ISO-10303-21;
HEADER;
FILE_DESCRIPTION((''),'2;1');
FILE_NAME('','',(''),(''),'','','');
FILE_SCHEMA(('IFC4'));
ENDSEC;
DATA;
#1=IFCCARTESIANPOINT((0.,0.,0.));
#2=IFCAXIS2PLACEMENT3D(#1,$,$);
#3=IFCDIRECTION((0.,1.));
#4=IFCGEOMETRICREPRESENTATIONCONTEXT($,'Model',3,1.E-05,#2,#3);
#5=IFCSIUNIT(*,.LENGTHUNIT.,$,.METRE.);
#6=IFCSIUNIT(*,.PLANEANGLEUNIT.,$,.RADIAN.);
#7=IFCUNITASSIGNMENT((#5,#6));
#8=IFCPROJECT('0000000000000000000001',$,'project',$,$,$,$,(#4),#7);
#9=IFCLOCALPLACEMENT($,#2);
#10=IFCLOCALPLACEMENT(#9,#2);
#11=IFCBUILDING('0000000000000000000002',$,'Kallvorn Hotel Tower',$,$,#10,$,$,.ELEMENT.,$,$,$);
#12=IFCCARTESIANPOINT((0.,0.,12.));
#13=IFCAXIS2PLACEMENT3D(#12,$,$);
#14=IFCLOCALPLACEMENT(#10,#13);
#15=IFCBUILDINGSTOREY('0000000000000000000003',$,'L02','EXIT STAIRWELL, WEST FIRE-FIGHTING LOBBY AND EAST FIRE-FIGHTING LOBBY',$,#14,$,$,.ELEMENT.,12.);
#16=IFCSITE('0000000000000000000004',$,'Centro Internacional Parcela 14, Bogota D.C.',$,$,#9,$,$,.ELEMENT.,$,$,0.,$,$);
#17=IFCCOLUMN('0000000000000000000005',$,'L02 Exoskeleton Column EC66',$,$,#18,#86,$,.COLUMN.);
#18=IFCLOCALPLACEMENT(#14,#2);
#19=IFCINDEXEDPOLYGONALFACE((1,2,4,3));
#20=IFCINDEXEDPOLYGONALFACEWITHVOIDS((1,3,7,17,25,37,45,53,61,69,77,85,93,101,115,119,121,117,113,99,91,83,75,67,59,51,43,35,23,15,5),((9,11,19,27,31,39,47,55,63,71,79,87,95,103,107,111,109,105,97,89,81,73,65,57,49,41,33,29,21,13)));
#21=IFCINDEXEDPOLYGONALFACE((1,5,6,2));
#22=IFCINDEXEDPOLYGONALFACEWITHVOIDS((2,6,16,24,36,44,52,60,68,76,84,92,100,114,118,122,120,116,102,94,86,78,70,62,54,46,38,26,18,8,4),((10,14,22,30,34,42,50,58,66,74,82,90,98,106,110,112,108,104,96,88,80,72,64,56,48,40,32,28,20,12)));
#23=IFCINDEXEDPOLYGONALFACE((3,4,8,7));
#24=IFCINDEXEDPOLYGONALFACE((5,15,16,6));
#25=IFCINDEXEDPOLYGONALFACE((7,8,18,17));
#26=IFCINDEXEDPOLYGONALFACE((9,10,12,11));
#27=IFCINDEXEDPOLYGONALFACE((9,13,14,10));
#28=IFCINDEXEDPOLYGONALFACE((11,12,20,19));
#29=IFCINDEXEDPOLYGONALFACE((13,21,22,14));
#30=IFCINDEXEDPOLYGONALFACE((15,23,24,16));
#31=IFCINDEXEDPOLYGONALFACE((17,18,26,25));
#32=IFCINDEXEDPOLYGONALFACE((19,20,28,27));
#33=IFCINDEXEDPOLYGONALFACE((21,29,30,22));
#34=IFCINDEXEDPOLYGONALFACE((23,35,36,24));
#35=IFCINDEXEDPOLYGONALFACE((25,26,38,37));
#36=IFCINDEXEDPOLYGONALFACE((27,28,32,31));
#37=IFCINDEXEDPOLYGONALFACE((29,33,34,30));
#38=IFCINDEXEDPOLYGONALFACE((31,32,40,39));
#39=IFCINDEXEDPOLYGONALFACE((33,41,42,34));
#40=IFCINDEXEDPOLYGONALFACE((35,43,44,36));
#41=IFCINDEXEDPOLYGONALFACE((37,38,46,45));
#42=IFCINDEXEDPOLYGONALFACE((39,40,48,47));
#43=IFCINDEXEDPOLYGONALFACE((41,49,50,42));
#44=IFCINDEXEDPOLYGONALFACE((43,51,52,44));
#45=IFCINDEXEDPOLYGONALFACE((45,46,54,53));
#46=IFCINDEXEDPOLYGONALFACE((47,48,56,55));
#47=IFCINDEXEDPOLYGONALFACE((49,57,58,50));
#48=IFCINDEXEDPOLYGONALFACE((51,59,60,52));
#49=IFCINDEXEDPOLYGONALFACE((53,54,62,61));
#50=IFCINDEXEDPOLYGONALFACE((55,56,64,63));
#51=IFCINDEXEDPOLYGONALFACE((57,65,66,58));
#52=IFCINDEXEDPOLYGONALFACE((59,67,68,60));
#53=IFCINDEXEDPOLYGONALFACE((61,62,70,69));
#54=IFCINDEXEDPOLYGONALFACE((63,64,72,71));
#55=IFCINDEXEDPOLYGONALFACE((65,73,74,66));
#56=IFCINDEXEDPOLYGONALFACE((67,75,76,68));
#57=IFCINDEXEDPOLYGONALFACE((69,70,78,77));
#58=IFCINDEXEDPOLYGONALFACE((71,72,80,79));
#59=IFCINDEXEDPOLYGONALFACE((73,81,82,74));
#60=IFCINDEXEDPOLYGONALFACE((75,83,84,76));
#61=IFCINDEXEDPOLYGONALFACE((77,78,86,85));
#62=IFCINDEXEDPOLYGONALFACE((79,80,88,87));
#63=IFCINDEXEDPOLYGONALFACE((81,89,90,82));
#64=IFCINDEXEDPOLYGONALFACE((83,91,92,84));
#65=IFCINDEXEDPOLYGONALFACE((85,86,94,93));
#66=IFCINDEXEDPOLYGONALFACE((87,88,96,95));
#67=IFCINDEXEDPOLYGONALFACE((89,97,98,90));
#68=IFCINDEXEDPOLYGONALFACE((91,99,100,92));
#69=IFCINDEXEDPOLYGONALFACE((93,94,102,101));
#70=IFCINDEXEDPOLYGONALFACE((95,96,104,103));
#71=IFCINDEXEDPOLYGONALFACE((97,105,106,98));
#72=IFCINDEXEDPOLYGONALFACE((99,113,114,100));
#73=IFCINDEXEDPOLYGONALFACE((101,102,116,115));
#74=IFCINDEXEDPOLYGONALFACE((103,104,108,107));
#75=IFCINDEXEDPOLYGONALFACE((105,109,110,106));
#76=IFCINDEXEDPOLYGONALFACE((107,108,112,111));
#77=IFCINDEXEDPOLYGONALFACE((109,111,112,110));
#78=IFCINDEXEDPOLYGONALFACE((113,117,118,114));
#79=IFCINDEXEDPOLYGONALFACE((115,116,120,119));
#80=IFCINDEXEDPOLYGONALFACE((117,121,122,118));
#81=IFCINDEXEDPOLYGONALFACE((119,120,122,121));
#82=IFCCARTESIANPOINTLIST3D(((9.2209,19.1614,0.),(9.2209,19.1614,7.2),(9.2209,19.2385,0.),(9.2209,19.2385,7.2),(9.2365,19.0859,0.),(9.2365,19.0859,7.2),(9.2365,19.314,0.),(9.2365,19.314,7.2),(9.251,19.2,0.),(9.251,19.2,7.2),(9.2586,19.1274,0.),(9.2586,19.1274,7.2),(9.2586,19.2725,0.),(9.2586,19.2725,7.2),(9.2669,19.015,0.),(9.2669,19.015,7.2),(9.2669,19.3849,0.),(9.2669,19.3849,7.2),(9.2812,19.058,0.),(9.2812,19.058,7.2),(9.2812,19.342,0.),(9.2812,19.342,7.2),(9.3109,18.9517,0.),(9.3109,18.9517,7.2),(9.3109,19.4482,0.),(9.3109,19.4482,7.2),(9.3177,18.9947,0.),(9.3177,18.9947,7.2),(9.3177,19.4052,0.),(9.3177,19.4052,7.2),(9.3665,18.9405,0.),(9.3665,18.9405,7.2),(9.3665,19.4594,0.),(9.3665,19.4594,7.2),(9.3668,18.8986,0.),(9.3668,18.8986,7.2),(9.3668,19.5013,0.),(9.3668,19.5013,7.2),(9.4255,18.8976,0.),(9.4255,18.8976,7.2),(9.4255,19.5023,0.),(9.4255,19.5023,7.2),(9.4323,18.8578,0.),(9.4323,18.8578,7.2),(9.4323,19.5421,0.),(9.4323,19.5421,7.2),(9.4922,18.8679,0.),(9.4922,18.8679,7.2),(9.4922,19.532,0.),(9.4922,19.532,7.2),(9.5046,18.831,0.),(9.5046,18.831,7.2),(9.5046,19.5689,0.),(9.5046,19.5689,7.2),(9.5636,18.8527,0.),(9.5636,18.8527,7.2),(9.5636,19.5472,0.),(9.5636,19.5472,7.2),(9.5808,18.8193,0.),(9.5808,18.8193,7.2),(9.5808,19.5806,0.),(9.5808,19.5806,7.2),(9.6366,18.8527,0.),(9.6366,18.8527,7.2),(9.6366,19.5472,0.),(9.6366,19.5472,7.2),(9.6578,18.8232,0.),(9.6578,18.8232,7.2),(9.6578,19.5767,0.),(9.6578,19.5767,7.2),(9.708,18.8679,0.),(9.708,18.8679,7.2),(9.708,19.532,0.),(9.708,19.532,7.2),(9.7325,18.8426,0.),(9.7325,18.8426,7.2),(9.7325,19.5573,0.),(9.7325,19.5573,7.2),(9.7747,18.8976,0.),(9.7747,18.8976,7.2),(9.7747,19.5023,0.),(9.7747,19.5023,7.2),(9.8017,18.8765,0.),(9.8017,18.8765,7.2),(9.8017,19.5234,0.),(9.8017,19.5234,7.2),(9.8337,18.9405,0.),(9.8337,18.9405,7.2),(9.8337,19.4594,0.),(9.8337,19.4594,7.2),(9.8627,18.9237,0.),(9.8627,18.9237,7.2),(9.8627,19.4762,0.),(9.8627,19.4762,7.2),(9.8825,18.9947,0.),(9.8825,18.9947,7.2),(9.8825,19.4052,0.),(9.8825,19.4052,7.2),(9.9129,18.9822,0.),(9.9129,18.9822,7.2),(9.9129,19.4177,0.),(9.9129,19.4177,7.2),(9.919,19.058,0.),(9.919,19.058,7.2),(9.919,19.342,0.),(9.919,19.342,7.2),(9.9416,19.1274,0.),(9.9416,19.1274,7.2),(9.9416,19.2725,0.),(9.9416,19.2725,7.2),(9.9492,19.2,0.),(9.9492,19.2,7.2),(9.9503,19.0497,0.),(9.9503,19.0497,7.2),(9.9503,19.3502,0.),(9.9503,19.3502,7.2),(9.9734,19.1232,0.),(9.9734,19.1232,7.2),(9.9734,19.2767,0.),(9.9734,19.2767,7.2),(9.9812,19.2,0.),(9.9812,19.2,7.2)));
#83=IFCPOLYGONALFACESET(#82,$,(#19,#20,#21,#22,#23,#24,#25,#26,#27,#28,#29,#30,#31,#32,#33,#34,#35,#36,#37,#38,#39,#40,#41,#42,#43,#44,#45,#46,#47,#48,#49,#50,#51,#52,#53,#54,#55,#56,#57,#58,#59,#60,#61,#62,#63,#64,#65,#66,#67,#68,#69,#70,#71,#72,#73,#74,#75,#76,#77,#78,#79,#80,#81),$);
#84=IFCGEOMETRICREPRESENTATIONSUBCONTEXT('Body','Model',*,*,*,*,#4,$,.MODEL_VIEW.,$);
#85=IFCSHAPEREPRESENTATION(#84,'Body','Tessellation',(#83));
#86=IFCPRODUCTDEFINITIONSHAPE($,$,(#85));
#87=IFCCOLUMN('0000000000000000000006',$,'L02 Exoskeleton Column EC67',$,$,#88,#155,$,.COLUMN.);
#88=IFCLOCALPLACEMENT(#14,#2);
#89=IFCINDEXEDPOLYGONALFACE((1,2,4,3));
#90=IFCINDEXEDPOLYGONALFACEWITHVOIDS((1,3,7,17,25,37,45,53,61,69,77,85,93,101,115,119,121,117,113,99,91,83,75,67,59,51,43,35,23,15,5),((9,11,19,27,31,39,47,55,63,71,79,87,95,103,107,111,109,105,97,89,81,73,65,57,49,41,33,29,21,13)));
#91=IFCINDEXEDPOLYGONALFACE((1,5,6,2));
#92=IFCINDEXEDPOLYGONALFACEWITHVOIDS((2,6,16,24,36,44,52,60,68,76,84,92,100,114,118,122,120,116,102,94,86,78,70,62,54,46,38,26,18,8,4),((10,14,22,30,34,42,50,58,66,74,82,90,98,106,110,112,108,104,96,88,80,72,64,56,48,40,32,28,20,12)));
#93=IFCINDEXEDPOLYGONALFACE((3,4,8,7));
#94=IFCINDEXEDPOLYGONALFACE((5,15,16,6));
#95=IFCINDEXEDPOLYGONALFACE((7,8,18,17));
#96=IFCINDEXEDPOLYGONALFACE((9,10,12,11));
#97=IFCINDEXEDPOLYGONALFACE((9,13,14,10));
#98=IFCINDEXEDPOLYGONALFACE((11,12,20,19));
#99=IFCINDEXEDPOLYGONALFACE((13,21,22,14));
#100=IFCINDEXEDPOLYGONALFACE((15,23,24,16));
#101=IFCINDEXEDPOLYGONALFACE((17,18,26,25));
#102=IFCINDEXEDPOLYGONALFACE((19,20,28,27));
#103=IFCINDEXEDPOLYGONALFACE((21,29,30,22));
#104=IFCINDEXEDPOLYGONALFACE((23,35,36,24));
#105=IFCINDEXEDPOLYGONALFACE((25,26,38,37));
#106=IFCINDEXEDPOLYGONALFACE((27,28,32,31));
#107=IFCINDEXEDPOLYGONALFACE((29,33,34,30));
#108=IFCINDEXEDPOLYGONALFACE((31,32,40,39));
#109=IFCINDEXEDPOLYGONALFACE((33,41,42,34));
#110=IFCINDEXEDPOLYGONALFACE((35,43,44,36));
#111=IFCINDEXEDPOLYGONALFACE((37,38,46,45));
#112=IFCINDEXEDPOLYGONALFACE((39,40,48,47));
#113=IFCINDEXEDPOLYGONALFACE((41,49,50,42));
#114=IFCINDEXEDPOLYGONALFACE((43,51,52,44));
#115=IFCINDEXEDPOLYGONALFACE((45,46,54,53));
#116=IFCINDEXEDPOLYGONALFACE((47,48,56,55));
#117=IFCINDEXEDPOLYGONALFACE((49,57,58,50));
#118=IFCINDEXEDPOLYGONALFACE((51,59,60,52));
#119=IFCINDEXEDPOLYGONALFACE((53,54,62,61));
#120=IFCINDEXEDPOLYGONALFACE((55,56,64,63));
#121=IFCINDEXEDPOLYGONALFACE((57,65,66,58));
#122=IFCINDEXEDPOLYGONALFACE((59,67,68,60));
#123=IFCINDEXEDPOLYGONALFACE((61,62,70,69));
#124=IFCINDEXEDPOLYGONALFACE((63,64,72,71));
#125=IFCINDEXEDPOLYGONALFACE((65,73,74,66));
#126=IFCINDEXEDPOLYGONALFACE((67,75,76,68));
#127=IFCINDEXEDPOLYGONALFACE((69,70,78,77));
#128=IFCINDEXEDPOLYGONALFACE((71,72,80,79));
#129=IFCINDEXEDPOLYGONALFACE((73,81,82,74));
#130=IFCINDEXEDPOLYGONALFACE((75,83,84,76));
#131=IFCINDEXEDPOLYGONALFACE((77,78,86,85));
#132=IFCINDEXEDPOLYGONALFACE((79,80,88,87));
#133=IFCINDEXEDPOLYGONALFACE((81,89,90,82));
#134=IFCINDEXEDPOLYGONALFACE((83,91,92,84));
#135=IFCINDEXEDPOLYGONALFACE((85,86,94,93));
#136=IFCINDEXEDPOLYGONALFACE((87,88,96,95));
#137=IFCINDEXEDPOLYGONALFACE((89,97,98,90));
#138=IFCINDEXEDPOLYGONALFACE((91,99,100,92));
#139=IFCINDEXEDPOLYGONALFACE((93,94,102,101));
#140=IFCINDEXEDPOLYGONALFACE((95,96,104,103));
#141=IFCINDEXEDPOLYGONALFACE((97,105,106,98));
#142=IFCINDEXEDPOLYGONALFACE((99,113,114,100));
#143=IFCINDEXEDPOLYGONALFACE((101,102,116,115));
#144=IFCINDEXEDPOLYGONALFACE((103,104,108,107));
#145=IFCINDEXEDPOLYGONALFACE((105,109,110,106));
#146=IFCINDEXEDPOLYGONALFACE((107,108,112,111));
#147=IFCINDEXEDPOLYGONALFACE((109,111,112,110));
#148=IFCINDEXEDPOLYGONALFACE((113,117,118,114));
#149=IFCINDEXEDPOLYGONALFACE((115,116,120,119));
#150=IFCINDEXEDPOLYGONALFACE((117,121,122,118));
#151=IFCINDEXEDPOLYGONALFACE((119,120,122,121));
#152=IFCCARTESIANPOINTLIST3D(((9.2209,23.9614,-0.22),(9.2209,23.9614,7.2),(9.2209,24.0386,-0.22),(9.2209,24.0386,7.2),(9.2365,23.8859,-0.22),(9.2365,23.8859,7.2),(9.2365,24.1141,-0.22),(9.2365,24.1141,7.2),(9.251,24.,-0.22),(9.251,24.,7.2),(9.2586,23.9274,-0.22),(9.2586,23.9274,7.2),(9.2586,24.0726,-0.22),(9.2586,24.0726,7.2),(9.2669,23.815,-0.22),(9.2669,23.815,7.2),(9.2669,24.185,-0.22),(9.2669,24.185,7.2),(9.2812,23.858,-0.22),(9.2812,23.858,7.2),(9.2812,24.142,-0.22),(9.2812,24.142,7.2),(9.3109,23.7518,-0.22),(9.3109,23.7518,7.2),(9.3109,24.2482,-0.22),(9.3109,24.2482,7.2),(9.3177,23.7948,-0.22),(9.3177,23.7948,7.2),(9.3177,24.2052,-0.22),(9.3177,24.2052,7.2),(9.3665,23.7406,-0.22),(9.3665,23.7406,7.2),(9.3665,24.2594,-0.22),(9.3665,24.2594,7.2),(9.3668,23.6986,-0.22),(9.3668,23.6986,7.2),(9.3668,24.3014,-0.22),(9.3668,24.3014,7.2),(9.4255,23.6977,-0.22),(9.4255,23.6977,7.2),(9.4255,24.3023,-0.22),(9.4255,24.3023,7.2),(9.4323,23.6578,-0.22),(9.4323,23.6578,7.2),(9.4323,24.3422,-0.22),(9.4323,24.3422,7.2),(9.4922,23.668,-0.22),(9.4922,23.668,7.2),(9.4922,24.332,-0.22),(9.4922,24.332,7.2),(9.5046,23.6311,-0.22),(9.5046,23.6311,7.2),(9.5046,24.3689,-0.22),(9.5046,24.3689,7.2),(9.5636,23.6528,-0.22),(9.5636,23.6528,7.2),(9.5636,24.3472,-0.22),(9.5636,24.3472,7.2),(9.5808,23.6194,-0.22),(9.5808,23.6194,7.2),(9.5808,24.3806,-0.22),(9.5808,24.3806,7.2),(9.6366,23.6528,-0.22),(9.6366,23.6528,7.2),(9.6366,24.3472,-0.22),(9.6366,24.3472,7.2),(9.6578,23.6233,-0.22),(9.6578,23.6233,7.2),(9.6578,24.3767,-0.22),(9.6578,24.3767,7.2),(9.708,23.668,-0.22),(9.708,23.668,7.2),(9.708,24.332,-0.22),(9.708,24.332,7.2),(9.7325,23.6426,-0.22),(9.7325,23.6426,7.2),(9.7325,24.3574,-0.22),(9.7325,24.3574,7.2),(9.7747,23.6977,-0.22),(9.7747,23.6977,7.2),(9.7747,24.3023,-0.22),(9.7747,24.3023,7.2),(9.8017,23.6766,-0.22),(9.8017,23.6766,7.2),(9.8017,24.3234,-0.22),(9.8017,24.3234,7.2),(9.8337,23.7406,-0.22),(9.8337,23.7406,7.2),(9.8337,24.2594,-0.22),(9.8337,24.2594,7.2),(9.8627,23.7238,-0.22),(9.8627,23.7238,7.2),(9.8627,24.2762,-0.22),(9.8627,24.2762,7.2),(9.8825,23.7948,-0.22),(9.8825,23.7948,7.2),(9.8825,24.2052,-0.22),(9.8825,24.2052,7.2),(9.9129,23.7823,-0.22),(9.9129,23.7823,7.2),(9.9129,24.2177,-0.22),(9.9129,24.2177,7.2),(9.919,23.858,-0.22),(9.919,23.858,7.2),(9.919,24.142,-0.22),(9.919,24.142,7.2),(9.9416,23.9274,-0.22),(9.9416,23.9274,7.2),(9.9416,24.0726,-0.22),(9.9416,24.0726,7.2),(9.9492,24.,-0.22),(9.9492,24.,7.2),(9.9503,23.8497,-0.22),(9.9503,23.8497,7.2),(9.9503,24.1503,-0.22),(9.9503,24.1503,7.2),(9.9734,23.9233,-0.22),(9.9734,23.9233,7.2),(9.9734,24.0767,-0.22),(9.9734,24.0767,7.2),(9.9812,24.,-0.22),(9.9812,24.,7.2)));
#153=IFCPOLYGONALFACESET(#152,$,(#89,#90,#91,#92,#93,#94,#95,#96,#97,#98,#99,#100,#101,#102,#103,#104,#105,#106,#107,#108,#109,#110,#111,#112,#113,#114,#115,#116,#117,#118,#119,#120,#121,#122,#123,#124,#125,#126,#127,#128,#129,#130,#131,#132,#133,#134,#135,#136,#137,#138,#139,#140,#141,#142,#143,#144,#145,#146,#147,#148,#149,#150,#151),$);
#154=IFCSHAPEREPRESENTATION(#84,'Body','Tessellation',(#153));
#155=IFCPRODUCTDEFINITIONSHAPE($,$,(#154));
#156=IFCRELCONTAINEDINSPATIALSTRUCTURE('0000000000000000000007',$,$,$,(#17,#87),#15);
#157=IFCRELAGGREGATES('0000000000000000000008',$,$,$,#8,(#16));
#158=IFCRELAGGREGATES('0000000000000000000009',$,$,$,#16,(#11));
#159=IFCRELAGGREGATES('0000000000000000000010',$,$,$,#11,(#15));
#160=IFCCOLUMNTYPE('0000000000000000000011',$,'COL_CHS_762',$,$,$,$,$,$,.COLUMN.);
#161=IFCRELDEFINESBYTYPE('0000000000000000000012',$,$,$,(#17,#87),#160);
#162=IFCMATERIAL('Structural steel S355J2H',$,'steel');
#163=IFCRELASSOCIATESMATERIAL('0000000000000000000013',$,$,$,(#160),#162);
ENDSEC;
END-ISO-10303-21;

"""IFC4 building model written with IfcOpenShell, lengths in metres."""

from ifc_helpers import new_model, si_unit, direction, frame, origin, origin_2d, place, context, subcontext, project, spatial, hollow_circle, extrude, material, material_profile, profile_set, type_object, element, save


model = new_model("IFC4")

# Units and contexts
model_context = context("Model", 3, precision=1e-05, world=origin(), true_north=direction((0.0, 1.0)))
body_context = subcontext(model_context, "Body", "Model", "MODEL_VIEW")
ifc_project = project(units=[si_unit("LENGTHUNIT", "METRE"), si_unit("PLANEANGLEUNIT", "RADIAN")], contexts=[model_context])

# Site, building, storey
site_placement = place(None, origin())
site = spatial("IfcSite", under=ifc_project, at=site_placement, Name="Centro Internacional Parcela 14, Bogota D.C.", CompositionType="ELEMENT", RefElevation=0.0)
building_placement = place(site_placement, origin())
building = spatial("IfcBuilding", under=site, at=building_placement, Name="Kallvorn Hotel Tower", CompositionType="ELEMENT")
storey_placement = place(building_placement, frame((0.0, 0.0, 12.0)))
storey = spatial("IfcBuildingStorey", under=building, at=storey_placement, Name="L02", Description="EXIT STAIRWELL, WEST FIRE-FIGHTING LOBBY AND EAST FIRE-FIGHTING LOBBY", CompositionType="ELEMENT", Elevation=12.0)

# Columns
ifc_material_1 = material(Name="Structural steel S355J2H", Category="steel")
ifc_material_profile_1 = material_profile(ifc_material_1, hollow_circle(Radius=0.3811, WallThickness=0.032, at=origin_2d()), Name="CHS 762x32")
ifc_profile_set_1 = profile_set([ifc_material_profile_1], Name="Structural steel S355J2H")
column_type_1 = type_object("IfcColumnType", Name="COL_CHS_762", PredefinedType="COLUMN", material=ifc_profile_set_1)
column_1_placement = place(storey_placement, frame((9.6001, 19.2, 0.0), z_axis=(0.0, 0.0, 1.0), x_axis=(1.0, 0.0, 0.0)))
element("IfcColumn", 1, at=column_1_placement, inside=storey, type_object=column_type_1, Name="L02 Exoskeleton Column EC66", PredefinedType="COLUMN", context=body_context, shape_type="SweptSolid", body=[
    extrude(hollow_circle(Radius=0.3811, WallThickness=0.032, at=origin_2d()), origin(), (0.0, 0.0, 1.0), 7.2),
])
column_2_placement = place(storey_placement, frame((9.6001, 24.0, -0.22), z_axis=(0.0, 0.0, 1.0), x_axis=(1.0, 0.0, 0.0)))
element("IfcColumn", 2, at=column_2_placement, inside=storey, type_object=column_type_1, Name="L02 Exoskeleton Column EC67", PredefinedType="COLUMN", context=body_context, shape_type="SweptSolid", body=[
    extrude(hollow_circle(Radius=0.3811, WallThickness=0.032, at=origin_2d()), origin(), (0.0, 0.0, 1.0), 7.4199),
])

save(model, "model.ifc")
